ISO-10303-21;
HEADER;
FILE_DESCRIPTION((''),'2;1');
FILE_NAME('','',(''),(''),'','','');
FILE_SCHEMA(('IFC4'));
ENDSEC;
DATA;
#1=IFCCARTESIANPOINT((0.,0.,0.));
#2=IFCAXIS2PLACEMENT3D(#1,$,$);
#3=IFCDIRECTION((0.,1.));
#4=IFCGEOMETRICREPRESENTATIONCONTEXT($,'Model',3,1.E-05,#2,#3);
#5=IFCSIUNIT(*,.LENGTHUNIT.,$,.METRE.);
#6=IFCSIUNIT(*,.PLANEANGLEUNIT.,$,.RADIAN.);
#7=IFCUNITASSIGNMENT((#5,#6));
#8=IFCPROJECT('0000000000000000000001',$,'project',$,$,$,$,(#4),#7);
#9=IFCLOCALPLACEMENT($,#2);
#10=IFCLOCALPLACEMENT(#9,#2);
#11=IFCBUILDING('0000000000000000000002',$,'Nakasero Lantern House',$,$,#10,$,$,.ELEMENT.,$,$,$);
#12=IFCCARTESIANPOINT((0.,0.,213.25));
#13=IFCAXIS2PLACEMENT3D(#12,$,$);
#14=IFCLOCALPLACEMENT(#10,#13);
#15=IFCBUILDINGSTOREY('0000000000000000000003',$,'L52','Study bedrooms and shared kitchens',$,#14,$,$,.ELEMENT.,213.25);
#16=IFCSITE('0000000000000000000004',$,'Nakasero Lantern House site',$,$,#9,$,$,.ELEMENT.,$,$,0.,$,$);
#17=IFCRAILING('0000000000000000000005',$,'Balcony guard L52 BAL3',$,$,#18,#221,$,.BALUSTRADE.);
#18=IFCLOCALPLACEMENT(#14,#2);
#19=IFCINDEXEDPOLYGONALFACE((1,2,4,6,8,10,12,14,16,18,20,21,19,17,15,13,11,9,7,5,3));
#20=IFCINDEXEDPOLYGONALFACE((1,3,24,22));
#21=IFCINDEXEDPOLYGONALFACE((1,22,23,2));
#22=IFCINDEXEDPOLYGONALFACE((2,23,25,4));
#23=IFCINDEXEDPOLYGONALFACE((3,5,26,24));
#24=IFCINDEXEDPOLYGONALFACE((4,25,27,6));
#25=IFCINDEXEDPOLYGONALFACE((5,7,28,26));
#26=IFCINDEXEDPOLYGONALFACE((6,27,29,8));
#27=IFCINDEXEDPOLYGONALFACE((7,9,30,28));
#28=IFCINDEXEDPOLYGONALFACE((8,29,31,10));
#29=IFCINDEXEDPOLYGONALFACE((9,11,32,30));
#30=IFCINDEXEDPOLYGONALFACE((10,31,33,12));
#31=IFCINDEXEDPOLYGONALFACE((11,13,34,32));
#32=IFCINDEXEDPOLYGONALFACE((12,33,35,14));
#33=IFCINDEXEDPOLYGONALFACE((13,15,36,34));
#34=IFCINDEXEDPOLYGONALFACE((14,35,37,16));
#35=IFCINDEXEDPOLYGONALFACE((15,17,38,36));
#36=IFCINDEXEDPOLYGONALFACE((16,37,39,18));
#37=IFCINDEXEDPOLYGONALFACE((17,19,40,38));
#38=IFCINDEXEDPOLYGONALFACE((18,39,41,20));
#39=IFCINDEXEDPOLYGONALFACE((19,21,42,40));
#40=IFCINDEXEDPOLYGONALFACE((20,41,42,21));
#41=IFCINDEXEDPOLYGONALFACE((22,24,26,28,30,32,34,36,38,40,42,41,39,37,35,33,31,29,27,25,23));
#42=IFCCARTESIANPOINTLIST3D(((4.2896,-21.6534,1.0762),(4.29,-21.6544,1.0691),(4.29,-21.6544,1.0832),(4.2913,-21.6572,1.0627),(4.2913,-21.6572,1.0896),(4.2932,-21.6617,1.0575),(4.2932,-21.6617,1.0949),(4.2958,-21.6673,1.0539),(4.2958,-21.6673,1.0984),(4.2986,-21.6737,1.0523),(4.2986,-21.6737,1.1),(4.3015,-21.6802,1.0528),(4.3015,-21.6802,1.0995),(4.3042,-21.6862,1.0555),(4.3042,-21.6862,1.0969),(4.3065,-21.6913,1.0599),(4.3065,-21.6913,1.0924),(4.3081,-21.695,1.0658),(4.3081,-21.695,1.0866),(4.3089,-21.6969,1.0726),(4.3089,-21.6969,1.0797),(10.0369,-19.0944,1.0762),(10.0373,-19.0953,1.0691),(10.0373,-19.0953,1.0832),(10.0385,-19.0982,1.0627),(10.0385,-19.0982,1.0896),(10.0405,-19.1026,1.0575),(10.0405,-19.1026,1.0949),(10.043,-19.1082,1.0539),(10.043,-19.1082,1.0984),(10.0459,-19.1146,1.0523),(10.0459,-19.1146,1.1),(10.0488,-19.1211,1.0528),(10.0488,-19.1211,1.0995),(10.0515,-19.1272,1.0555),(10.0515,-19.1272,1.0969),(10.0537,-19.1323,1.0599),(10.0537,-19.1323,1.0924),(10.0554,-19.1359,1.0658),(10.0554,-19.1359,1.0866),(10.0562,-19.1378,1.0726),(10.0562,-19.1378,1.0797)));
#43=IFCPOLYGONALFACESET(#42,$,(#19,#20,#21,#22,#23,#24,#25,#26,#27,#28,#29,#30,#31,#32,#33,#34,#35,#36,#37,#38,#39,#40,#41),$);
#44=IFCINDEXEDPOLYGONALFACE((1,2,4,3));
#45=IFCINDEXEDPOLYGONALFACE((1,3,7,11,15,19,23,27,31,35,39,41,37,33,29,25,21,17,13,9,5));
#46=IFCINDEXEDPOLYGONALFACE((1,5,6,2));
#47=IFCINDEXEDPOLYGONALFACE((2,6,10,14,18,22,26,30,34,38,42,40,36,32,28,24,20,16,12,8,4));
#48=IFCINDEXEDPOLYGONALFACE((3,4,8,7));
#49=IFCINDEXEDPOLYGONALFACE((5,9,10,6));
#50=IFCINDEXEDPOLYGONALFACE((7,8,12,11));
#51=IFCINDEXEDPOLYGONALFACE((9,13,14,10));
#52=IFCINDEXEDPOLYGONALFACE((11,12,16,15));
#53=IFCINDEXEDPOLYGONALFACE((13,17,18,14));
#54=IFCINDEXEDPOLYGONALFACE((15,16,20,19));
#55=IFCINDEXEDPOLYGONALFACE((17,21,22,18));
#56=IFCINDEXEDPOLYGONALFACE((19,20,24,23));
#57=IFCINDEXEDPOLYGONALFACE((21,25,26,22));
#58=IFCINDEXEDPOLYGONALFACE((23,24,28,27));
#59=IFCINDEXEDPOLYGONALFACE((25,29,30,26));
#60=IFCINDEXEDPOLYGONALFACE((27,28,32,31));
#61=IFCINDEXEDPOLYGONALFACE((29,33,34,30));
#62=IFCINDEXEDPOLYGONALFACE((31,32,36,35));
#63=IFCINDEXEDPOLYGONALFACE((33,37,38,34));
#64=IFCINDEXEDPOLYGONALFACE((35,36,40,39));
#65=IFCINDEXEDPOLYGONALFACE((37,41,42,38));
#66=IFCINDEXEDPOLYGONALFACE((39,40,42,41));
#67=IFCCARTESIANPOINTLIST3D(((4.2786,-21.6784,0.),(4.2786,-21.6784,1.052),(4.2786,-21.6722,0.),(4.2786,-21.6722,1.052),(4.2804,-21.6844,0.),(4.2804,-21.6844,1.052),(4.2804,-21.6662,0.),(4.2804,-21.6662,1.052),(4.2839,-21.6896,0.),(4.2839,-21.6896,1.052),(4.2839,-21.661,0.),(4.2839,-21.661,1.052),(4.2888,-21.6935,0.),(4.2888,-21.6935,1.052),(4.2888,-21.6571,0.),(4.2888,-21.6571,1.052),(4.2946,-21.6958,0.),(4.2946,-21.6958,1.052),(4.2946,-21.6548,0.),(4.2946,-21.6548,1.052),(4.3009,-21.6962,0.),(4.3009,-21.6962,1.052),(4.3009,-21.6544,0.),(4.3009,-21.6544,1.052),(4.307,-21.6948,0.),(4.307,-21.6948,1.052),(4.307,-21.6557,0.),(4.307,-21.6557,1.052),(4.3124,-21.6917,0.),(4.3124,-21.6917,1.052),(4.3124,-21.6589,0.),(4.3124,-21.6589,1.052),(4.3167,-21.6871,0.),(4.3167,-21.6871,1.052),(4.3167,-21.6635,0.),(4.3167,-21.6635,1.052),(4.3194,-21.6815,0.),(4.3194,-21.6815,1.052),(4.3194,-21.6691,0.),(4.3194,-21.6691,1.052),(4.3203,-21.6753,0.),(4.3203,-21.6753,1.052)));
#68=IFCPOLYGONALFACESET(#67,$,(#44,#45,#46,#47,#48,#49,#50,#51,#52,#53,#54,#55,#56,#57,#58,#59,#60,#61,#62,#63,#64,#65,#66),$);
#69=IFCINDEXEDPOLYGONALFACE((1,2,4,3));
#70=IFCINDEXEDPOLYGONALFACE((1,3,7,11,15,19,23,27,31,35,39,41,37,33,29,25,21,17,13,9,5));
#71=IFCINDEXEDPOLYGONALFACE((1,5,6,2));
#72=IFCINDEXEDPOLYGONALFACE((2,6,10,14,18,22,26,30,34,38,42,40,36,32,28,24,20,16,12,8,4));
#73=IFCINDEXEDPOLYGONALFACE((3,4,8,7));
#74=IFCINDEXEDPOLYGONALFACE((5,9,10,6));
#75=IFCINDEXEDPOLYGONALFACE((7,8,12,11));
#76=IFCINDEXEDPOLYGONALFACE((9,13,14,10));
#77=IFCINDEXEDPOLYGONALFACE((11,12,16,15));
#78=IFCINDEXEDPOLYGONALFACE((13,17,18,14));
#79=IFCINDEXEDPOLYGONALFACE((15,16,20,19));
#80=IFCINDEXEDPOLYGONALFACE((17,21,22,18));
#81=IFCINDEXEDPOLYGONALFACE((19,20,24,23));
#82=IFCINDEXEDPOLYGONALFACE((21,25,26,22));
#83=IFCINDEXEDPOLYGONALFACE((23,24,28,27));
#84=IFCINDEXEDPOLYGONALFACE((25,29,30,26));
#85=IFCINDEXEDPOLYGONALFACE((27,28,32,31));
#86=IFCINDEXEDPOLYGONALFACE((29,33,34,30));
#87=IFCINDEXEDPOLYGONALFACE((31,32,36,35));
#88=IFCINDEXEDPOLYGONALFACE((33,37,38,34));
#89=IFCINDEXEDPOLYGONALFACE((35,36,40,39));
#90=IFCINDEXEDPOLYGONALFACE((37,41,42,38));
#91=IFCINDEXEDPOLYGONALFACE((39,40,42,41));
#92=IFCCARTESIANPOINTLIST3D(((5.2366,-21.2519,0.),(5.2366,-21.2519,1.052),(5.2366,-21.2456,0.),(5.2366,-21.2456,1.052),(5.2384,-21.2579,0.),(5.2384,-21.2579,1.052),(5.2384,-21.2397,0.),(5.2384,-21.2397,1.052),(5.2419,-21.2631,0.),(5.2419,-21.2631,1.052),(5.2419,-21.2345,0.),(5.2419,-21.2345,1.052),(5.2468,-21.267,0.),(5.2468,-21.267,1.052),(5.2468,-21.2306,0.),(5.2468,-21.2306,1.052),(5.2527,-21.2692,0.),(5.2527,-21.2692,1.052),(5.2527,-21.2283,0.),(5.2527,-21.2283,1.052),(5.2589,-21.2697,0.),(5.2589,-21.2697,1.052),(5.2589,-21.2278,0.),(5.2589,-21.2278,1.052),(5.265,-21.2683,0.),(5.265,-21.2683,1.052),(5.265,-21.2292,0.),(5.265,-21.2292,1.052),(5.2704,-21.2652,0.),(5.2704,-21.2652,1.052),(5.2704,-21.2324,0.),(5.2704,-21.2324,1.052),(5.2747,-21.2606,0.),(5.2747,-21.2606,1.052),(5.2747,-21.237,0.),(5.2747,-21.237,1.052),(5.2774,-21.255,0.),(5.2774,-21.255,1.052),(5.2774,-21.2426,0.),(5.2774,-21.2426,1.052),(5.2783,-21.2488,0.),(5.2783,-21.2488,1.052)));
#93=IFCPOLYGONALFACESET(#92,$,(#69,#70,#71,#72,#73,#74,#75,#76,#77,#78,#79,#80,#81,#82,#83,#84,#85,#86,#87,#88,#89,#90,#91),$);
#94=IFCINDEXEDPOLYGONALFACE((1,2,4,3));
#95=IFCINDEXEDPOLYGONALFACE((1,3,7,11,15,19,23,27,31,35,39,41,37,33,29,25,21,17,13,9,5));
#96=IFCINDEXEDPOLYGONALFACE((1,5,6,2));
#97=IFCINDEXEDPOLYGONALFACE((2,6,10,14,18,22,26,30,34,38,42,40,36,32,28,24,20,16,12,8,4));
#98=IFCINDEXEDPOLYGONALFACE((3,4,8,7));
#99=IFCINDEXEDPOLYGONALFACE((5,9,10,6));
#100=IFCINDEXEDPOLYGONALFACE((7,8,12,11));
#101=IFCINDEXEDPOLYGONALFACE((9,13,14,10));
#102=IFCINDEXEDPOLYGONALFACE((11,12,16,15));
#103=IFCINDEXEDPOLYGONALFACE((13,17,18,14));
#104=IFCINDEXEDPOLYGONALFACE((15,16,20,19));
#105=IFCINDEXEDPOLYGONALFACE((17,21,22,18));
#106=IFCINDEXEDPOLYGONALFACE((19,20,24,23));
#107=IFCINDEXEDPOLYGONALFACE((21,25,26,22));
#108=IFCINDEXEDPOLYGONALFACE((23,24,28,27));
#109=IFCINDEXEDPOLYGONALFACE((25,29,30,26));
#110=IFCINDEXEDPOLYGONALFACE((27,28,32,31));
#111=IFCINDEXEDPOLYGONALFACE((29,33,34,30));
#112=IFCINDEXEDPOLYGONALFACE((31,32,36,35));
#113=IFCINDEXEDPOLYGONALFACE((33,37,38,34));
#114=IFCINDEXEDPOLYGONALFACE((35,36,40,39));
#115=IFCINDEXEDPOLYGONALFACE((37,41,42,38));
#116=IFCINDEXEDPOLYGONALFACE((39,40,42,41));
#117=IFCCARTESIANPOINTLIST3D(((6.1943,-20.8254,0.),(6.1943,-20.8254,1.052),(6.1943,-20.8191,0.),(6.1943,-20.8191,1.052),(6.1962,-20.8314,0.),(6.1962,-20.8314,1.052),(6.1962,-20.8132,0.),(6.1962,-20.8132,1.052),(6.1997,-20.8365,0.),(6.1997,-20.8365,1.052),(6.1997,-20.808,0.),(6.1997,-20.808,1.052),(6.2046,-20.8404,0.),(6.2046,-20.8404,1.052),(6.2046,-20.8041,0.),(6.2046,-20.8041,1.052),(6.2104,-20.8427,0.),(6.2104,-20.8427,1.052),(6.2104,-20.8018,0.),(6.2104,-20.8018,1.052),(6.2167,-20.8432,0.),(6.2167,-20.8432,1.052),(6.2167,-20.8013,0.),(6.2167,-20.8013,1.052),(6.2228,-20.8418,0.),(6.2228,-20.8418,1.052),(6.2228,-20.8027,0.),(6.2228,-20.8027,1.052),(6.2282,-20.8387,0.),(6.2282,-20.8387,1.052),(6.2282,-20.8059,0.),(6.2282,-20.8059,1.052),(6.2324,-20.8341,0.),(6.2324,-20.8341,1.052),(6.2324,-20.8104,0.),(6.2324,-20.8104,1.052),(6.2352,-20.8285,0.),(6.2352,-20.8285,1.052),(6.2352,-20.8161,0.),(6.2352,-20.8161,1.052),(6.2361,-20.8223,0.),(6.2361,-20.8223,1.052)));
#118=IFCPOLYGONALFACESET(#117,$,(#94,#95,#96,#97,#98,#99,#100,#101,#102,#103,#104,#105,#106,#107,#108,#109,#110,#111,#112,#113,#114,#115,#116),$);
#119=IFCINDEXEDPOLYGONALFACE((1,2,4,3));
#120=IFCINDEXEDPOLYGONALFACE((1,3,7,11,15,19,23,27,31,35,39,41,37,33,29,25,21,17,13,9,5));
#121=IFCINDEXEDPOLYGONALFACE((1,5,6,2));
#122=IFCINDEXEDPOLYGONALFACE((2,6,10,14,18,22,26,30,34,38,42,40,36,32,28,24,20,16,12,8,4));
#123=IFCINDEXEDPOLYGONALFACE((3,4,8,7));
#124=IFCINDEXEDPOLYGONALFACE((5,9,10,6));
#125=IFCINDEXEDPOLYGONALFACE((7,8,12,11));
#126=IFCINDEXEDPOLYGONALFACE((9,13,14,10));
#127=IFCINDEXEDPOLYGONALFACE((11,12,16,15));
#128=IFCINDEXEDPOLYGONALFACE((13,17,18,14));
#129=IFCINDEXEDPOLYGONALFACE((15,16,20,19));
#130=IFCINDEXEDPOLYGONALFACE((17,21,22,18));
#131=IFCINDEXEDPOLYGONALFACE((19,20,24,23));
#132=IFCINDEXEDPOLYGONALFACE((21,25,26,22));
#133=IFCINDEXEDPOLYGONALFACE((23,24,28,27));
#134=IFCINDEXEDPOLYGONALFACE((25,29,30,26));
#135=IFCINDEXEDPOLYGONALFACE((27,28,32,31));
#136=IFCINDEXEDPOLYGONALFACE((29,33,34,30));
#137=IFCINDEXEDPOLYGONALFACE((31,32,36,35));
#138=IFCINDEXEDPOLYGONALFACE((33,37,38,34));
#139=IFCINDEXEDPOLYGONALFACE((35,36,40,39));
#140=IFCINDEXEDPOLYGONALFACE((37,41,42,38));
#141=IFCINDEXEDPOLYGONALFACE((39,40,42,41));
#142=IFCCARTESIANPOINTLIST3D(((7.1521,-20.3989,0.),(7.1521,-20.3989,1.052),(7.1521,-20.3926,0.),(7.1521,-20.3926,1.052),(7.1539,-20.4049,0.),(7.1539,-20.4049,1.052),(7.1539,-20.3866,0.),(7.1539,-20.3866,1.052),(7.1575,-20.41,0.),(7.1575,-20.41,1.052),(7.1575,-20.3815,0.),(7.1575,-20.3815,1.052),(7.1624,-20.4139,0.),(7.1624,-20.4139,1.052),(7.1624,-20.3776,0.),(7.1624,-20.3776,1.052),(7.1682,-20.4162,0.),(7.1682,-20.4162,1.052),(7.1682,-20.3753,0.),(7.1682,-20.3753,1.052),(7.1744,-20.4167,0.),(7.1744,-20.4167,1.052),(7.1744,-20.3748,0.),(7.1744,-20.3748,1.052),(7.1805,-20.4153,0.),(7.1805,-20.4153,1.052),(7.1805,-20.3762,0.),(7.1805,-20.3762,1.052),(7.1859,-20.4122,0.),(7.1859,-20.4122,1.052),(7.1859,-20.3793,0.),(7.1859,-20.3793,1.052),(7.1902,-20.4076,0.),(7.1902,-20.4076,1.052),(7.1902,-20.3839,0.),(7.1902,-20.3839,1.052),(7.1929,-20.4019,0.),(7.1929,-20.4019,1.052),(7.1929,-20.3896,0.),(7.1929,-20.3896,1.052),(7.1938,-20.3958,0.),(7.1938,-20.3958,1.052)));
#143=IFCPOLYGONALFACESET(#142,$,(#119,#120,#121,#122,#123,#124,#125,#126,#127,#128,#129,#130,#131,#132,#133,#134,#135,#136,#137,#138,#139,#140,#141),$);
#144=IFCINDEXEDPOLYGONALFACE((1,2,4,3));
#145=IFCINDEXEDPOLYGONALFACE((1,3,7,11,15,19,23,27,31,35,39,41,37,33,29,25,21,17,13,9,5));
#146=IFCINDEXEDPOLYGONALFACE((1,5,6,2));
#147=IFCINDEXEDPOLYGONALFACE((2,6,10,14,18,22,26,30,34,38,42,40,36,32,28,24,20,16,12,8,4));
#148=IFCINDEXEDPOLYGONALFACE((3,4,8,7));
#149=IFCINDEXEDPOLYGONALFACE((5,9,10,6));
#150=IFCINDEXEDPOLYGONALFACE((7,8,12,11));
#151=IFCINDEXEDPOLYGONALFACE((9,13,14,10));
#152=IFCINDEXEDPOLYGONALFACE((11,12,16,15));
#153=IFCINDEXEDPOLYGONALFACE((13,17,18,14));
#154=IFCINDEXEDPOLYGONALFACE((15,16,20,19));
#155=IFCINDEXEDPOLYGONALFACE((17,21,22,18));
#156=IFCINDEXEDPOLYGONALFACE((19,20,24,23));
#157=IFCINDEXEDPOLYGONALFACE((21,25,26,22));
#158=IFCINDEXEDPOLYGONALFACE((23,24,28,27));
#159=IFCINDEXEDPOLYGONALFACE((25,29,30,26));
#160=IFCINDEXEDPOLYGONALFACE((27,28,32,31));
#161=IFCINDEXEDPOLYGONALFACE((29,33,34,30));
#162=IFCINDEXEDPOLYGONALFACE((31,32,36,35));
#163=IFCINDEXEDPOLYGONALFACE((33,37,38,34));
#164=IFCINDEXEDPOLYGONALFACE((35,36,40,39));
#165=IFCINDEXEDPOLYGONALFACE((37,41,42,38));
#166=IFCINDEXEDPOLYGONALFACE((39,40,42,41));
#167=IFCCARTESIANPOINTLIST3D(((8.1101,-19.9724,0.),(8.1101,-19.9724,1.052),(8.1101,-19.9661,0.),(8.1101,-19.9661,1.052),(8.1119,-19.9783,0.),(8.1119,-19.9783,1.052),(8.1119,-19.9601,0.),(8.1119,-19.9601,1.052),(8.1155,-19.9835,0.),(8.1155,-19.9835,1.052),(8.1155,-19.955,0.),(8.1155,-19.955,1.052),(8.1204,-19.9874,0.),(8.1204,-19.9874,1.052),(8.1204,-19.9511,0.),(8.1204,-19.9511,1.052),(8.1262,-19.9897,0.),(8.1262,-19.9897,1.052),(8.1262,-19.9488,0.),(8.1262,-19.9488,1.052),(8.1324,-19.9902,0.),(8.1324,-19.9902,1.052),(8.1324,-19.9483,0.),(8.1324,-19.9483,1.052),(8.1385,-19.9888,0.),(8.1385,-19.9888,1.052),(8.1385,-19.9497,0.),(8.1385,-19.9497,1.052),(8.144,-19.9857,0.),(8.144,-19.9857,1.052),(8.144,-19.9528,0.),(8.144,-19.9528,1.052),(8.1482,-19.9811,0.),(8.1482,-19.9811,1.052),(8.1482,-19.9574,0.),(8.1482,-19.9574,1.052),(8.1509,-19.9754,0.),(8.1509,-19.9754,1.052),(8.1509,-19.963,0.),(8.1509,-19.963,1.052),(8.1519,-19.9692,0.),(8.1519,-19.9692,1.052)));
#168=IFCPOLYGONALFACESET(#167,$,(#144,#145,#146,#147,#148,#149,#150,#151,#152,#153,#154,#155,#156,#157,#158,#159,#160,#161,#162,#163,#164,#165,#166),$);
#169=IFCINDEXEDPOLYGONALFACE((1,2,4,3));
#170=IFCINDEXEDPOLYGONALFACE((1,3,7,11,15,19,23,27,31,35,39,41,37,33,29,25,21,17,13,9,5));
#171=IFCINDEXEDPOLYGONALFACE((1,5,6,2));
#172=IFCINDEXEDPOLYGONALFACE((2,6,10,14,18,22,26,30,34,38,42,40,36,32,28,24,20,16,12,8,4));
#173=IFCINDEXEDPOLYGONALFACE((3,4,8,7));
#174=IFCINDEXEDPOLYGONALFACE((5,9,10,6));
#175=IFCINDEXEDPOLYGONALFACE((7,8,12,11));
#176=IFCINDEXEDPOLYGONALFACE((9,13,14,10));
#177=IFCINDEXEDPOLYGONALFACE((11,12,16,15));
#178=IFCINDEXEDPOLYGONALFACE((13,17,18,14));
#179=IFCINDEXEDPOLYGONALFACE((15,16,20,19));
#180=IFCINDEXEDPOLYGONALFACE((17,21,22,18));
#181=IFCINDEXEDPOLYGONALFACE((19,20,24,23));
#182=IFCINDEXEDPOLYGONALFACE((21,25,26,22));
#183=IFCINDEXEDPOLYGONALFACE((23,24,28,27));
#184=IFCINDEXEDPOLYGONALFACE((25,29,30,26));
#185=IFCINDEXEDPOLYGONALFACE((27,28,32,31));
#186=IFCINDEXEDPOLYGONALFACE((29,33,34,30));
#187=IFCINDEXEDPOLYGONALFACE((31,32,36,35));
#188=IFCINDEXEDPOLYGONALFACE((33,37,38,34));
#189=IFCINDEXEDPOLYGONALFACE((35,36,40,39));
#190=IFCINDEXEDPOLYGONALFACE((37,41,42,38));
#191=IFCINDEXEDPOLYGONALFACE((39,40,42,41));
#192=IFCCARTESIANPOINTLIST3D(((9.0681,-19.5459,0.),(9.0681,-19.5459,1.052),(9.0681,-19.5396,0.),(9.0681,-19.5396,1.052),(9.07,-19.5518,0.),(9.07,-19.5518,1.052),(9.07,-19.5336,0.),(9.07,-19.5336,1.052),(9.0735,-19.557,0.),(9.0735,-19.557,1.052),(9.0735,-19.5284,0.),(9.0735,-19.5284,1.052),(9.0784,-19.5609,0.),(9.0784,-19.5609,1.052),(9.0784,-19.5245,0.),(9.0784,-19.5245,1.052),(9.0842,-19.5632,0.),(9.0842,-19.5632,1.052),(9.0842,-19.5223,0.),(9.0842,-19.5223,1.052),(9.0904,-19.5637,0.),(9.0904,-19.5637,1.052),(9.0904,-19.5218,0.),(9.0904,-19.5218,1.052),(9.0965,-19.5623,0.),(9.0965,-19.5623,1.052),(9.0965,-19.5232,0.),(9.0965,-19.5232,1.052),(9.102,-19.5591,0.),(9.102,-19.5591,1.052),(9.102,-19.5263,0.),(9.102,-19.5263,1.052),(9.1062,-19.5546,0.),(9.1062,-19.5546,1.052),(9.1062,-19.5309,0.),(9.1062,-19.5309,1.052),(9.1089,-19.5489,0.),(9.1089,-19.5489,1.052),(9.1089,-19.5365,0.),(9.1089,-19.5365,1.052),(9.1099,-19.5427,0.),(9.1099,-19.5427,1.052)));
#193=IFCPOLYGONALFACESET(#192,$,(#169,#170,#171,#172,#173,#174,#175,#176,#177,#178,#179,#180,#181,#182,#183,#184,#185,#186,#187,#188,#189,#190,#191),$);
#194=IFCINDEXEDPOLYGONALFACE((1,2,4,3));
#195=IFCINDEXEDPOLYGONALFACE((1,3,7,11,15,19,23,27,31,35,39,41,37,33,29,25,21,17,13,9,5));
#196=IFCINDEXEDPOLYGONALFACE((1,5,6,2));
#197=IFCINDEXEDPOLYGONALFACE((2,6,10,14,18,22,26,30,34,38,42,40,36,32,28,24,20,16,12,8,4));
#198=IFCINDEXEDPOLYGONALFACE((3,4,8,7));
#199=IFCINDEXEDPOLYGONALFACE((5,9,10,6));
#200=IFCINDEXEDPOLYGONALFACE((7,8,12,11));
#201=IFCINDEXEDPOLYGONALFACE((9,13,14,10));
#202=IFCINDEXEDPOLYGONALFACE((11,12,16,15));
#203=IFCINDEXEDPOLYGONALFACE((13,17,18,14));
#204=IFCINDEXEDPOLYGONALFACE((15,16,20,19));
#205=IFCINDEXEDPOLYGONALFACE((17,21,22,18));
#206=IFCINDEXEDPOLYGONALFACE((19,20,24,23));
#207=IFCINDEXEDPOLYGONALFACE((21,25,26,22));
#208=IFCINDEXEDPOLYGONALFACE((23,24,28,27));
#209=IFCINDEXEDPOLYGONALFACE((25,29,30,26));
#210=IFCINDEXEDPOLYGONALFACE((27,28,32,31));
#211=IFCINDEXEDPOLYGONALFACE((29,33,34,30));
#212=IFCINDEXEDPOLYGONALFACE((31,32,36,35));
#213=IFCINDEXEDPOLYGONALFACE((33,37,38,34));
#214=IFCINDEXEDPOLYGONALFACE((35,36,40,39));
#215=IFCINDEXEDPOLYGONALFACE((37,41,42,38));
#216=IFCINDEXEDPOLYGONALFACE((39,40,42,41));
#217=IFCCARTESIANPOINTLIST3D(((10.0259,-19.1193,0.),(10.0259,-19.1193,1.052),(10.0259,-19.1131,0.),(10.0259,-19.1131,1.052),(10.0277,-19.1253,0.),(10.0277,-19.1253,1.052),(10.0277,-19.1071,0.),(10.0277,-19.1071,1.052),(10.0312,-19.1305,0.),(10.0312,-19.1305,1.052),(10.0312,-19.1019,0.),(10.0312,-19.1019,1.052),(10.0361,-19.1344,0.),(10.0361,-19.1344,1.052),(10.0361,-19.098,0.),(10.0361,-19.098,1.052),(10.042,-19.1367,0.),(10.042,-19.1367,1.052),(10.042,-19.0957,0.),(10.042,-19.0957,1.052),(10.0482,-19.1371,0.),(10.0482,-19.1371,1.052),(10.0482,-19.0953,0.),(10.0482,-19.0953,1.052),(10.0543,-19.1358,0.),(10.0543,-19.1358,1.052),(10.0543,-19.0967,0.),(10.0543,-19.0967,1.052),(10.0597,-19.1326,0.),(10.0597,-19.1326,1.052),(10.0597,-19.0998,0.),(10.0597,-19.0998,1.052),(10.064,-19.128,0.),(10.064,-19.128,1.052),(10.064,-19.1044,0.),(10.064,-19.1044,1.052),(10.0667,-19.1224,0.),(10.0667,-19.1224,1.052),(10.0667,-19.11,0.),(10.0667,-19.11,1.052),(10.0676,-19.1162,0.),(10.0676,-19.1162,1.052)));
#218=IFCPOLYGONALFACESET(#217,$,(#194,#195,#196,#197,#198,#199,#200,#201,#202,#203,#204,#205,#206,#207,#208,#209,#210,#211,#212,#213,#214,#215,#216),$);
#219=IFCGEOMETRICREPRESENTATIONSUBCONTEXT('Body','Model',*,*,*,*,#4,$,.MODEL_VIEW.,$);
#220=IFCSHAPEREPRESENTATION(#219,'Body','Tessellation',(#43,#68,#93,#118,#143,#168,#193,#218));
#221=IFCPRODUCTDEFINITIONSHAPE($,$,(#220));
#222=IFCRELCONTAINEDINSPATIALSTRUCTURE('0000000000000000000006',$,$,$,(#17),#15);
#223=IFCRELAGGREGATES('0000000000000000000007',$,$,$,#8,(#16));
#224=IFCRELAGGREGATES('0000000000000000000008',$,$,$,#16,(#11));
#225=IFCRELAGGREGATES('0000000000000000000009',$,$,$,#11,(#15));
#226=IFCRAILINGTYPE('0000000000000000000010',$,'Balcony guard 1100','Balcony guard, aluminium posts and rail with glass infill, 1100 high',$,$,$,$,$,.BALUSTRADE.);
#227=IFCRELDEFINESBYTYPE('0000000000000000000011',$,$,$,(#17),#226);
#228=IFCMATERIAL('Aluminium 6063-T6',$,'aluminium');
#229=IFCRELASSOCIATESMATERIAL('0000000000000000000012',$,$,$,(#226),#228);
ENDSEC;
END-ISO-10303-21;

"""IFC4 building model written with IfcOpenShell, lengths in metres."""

from ifc_helpers import new_model, si_unit, direction, frame, origin, origin_2d, place, context, subcontext, project, spatial, circle, extrude, material, type_object, element, save


model = new_model("IFC4")

# Units and contexts
model_context = context("Model", 3, precision=1e-05, world=origin(), true_north=direction((0.0, 1.0)))
body_context = subcontext(model_context, "Body", "Model", "MODEL_VIEW")
ifc_project = project(units=[si_unit("LENGTHUNIT", "METRE"), si_unit("PLANEANGLEUNIT", "RADIAN")], contexts=[model_context])

# Site, building, storey
site_placement = place(None, origin())
site = spatial("IfcSite", under=ifc_project, at=site_placement, Name="Nakasero Lantern House site", CompositionType="ELEMENT", RefElevation=0.0)
building_placement = place(site_placement, origin())
building = spatial("IfcBuilding", under=site, at=building_placement, Name="Nakasero Lantern House", CompositionType="ELEMENT")
storey_placement = place(building_placement, frame((0.0, 0.0, 213.25)))
storey = spatial("IfcBuildingStorey", under=building, at=storey_placement, Name="L52", Description="Study bedrooms and shared kitchens", CompositionType="ELEMENT", Elevation=213.25)

# Railing
ifc_material_1 = material(Name="Aluminium 6063-T6", Category="aluminium")
railing_type = type_object("IfcRailingType", Name="Balcony guard 1100", Description="Balcony guard, aluminium posts and rail with glass infill, 1100 high", PredefinedType="BALUSTRADE", material=ifc_material_1)
railing_placement = place(storey_placement, frame((4.2993, -21.6753, 0.0)))
element("IfcRailing", 1, at=railing_placement, inside=storey, type_object=railing_type, Name="Balcony guard L52 BAL3", PredefinedType="BALUSTRADE", context=body_context, shape_type="SweptSolid", body=[
    extrude(circle(Radius=0.0239, at=origin_2d()), frame((0.0, 0.0, 1.0762), z_axis=(0.913533, 0.406765, 0.0), x_axis=(-0.406765, 0.913533, 0.0)), (0.0, 0.0, 1.0), 6.2913),
    extrude(circle(Radius=0.021, at=origin_2d()), origin(), (0.0, 0.0, 1.0), 1.052),
    extrude(circle(Radius=0.021, at=origin_2d()), frame((0.958, 0.4265, 0.0)), (0.0, 0.0, 1.0), 1.052),
    extrude(circle(Radius=0.021, at=origin_2d()), frame((1.9158, 0.853, 0.0)), (0.0, 0.0, 1.0), 1.052),
    extrude(circle(Radius=0.021, at=origin_2d()), frame((2.8735, 1.2795, 0.0)), (0.0, 0.0, 1.0), 1.052),
    extrude(circle(Radius=0.021, at=origin_2d()), frame((3.8315, 1.7061, 0.0)), (0.0, 0.0, 1.0), 1.052),
    extrude(circle(Radius=0.021, at=origin_2d()), frame((4.7896, 2.1326, 0.0)), (0.0, 0.0, 1.0), 1.052),
    extrude(circle(Radius=0.021, at=origin_2d()), frame((5.7473, 2.5591, 0.0)), (0.0, 0.0, 1.0), 1.052),
])

save(model, "model.ifc")
